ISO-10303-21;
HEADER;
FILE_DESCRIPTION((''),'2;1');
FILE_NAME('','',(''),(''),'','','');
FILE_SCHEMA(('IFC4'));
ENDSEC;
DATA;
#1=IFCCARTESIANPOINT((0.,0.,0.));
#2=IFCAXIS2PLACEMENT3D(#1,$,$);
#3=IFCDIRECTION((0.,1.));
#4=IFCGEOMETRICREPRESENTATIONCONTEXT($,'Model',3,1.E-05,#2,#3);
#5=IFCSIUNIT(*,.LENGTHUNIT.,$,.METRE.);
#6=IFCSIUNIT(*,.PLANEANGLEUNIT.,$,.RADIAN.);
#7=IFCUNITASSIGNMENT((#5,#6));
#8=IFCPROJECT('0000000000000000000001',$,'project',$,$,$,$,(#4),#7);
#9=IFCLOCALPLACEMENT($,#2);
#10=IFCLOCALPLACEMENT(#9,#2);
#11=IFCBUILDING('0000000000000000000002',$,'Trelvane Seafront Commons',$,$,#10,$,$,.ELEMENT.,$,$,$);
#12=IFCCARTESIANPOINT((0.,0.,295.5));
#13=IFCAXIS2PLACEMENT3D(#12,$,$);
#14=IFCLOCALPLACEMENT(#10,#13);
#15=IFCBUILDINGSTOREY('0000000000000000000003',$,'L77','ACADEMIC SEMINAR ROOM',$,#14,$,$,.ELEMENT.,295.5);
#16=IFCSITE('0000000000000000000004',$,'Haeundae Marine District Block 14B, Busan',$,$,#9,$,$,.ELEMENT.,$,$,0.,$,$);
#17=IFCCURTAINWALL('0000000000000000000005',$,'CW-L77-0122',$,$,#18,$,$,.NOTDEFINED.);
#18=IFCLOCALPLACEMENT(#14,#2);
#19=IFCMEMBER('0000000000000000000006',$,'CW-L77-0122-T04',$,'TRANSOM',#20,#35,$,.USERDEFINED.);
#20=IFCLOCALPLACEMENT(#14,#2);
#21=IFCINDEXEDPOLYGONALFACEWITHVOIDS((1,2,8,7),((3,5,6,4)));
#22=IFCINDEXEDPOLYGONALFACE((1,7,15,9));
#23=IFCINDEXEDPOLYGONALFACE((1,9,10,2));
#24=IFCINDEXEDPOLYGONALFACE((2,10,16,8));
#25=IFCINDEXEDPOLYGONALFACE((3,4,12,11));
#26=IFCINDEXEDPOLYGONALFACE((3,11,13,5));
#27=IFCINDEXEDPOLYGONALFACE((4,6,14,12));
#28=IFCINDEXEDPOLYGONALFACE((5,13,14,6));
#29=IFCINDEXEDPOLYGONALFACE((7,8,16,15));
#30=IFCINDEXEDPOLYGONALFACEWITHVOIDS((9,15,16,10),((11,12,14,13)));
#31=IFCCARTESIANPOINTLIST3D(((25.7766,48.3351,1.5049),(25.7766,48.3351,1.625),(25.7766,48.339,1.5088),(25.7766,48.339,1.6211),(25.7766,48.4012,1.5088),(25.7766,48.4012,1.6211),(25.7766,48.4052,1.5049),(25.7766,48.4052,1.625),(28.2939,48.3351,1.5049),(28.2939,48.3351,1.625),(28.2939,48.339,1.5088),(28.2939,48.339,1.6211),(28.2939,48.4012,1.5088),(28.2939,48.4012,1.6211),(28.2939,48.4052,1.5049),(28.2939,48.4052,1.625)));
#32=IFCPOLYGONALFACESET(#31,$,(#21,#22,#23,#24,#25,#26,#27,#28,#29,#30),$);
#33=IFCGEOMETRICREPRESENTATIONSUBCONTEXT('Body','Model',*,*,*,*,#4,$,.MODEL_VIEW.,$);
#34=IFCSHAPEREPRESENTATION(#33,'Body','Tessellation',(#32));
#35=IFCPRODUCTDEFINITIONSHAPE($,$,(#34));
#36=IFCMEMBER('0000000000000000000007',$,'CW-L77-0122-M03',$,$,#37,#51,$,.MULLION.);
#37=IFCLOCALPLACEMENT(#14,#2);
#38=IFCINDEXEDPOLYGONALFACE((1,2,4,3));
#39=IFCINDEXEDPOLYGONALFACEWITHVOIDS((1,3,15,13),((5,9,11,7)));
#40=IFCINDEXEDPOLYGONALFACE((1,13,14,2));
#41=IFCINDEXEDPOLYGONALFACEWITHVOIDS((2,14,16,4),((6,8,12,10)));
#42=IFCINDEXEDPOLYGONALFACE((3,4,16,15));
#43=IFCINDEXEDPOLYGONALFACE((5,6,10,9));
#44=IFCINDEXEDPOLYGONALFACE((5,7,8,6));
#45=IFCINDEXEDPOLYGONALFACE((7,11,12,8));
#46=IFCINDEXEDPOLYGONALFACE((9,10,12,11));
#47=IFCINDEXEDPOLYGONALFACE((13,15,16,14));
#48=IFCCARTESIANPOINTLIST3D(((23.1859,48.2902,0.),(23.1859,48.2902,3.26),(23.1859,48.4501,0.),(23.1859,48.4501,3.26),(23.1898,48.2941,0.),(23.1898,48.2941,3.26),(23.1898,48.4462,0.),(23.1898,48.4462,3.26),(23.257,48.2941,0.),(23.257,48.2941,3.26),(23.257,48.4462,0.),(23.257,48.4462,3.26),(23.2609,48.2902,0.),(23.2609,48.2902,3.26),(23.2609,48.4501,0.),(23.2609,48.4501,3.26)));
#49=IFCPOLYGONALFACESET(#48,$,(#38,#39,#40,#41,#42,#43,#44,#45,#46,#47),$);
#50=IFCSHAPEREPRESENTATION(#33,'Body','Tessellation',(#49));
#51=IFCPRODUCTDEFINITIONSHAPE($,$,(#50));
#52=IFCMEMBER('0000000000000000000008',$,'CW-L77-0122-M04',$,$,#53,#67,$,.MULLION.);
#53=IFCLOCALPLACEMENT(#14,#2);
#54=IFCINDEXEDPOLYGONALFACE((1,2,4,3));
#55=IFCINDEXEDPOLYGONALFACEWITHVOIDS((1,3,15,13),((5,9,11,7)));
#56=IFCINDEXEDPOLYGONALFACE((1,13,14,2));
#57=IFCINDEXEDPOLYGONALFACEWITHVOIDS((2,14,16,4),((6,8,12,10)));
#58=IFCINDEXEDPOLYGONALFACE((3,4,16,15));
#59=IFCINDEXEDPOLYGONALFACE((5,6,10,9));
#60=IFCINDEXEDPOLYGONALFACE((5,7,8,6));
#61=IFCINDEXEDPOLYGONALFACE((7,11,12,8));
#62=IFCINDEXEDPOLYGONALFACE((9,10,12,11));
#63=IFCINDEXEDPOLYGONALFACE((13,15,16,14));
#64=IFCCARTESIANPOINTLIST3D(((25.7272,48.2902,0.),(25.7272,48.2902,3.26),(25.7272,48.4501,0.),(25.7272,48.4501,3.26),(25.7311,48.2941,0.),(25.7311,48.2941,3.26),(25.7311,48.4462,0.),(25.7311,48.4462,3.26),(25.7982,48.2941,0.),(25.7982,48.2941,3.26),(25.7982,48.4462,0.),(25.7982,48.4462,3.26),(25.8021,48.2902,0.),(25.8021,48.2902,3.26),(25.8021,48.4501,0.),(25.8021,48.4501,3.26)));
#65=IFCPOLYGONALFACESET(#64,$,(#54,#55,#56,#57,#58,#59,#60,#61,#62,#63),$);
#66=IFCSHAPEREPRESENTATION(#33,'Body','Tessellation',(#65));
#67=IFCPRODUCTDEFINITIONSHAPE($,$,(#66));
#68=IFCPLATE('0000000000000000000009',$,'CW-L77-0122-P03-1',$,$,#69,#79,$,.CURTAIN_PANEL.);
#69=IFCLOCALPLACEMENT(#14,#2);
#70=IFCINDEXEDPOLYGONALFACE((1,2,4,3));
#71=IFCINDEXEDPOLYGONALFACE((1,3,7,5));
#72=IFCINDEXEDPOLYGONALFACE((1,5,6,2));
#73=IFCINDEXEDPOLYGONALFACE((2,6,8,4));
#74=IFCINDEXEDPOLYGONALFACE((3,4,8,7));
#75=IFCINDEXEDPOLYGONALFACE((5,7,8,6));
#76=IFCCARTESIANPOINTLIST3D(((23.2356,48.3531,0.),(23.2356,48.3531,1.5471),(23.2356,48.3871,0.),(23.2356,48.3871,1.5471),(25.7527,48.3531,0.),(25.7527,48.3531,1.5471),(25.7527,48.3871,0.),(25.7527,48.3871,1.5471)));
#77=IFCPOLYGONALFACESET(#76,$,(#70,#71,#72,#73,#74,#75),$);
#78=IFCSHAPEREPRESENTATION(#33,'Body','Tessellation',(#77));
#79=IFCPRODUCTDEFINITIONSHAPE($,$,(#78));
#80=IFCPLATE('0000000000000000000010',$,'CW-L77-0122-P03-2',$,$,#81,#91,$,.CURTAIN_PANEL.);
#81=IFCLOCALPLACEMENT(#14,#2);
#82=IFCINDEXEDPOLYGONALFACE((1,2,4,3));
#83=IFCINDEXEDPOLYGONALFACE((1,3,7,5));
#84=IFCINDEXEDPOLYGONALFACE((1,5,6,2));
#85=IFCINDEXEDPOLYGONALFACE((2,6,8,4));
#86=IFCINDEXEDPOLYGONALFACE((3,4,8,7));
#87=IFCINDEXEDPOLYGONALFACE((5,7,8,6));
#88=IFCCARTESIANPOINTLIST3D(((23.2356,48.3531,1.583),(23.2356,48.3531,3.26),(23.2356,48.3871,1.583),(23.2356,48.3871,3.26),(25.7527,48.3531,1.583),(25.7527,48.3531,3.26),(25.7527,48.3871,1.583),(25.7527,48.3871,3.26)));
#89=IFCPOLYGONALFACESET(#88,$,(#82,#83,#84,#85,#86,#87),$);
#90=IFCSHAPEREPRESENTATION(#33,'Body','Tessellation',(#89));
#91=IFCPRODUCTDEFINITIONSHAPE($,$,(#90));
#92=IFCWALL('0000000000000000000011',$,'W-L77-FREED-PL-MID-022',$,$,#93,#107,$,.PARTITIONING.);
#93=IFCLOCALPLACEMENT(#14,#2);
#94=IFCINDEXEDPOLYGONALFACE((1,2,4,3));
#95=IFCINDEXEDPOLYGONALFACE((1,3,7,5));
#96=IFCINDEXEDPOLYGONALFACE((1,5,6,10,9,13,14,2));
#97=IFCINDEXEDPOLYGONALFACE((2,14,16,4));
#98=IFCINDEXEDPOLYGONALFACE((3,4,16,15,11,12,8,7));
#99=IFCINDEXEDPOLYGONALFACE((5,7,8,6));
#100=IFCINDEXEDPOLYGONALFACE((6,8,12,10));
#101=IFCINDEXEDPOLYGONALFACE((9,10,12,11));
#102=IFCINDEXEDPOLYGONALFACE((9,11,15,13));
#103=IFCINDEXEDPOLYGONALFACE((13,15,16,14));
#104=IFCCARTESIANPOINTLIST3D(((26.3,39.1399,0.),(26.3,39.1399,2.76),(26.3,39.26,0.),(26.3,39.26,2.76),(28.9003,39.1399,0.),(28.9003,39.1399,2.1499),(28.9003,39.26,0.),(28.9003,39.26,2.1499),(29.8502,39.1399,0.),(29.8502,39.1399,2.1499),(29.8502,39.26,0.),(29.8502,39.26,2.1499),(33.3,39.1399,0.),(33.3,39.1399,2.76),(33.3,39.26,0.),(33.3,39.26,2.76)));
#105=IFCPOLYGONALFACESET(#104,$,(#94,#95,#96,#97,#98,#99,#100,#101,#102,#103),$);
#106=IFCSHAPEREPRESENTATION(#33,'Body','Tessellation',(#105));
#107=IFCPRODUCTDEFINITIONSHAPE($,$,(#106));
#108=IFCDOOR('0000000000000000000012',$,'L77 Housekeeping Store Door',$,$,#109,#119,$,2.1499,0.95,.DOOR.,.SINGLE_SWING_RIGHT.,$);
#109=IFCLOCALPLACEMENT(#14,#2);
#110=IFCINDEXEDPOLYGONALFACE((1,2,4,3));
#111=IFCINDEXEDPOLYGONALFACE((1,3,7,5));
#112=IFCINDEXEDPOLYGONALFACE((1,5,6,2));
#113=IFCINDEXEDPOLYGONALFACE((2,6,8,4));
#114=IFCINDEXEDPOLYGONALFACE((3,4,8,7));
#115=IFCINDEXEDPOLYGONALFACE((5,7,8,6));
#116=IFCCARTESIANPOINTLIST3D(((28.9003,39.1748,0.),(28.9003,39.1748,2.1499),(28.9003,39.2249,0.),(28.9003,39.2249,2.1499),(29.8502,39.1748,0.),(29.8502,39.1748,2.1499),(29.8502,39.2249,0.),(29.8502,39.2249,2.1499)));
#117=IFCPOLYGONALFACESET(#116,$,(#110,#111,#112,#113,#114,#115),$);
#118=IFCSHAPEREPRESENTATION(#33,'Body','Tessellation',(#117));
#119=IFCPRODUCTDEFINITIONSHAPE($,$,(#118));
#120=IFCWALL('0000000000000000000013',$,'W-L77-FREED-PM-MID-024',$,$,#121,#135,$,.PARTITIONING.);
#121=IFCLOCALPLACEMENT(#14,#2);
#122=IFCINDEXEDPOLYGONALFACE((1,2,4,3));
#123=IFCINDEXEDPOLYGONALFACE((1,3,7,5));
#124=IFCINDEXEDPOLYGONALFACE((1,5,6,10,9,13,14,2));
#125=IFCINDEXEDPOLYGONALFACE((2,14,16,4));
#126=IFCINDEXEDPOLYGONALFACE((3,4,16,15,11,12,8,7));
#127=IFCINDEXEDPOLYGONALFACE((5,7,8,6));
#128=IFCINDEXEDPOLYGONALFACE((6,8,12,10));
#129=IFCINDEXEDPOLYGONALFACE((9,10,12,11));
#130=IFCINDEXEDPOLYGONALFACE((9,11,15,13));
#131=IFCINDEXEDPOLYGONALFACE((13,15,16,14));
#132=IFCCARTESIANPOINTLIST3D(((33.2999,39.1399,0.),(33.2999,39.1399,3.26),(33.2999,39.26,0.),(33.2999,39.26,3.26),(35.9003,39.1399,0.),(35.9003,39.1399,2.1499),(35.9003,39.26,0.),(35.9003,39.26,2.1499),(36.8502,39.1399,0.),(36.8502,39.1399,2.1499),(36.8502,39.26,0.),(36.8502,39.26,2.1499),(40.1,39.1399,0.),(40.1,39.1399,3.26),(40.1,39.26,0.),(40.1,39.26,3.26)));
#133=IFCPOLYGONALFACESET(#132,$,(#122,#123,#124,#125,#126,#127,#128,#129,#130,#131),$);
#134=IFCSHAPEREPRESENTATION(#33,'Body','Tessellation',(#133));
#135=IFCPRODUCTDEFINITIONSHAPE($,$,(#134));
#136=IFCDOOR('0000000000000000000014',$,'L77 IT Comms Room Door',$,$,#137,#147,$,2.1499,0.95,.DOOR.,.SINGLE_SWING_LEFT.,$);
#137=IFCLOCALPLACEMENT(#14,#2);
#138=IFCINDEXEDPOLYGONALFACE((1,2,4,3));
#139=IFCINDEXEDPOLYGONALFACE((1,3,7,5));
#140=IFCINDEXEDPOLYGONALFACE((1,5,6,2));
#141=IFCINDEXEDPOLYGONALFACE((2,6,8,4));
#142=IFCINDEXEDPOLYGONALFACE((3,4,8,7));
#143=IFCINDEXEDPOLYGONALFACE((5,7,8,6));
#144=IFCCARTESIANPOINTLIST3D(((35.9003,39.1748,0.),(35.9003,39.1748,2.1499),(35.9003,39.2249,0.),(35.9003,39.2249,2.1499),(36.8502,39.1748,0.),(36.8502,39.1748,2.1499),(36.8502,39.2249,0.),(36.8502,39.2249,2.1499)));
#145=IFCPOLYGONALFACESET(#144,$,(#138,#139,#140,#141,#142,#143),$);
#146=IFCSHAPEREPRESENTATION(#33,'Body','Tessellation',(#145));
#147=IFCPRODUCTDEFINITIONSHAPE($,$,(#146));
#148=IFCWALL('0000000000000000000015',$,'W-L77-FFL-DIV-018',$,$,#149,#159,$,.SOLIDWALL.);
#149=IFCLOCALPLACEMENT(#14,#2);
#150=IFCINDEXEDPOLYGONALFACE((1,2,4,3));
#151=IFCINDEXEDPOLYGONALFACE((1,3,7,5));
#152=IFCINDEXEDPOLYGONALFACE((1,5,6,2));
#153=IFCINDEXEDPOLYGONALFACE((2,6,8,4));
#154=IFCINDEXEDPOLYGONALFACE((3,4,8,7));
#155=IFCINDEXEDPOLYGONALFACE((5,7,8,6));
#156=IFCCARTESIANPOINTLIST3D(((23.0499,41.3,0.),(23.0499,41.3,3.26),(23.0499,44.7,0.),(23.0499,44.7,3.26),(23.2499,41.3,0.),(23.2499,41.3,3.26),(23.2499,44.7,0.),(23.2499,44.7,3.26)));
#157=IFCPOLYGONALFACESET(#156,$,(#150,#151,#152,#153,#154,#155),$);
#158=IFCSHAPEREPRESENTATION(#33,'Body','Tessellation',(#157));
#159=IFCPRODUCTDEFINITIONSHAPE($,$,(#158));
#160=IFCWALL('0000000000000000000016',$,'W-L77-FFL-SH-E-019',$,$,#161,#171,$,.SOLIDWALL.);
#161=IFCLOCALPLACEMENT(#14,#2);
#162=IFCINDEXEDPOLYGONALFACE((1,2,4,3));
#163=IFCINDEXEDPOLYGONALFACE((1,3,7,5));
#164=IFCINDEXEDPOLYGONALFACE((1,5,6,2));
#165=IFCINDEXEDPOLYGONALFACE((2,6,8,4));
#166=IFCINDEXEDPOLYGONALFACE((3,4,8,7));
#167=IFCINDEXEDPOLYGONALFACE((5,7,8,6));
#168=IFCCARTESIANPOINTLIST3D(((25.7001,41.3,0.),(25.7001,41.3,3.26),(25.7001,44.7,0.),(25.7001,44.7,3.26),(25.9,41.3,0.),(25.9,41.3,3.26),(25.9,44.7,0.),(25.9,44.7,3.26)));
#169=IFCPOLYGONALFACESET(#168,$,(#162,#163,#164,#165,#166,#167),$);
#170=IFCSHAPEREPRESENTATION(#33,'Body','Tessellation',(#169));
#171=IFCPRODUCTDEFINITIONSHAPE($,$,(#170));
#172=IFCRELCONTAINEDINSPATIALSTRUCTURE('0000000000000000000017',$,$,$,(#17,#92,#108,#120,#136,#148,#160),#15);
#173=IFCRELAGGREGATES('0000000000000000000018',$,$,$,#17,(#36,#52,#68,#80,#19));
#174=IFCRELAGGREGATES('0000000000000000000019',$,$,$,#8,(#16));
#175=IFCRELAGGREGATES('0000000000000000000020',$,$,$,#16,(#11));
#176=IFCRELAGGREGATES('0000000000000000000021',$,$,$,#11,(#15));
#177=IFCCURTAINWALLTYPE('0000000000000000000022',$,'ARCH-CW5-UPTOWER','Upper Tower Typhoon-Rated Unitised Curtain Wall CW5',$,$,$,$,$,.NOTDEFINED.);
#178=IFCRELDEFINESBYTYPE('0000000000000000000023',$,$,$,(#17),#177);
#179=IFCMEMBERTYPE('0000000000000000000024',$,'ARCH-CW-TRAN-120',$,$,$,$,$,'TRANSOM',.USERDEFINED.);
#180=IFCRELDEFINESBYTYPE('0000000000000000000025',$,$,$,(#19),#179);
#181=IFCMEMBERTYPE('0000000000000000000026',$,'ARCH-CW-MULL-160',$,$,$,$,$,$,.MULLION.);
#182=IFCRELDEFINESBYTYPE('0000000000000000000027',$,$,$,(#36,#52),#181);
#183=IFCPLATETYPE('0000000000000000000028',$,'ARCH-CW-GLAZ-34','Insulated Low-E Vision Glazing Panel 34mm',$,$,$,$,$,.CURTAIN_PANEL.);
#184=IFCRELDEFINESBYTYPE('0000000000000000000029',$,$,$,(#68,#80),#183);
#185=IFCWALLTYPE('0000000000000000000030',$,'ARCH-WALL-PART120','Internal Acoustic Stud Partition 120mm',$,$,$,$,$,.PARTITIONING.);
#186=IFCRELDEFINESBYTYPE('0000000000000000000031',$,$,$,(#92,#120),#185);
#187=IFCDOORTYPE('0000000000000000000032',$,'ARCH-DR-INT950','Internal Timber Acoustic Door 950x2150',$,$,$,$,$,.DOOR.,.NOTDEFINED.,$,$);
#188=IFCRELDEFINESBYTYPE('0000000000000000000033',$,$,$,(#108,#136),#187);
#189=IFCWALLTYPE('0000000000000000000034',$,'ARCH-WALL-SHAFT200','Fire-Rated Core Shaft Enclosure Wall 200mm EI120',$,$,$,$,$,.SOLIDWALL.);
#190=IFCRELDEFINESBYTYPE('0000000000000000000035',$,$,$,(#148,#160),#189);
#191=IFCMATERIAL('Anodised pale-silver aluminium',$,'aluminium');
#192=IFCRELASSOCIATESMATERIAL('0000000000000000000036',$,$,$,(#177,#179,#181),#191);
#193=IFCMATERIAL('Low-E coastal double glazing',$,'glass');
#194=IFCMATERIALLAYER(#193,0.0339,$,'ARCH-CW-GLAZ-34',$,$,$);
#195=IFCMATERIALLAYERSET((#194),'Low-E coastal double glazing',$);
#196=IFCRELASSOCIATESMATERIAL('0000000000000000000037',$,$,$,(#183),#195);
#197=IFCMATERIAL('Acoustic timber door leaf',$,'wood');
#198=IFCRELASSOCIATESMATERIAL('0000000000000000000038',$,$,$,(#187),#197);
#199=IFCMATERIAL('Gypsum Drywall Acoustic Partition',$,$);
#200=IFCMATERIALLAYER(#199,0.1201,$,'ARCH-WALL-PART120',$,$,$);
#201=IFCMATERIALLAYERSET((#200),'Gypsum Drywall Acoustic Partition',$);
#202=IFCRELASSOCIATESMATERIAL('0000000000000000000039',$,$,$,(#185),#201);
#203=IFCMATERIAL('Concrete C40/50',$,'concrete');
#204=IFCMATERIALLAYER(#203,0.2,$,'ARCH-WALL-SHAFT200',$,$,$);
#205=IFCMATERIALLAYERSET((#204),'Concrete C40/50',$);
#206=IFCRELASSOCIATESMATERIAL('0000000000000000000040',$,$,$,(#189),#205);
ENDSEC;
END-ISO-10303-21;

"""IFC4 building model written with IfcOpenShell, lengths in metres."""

from ifc_helpers import new_model, si_unit, direction, frame, frame_2d, origin, origin_2d, place, context, subcontext, project, spatial, rectangle, hollow_rectangle, extrude, source, transform, mapped, material, layer, layer_set, material_profile, profile_set, type_object, element, fill, aggregate, save


model = new_model("IFC4")

# Units and contexts
model_context = context("Model", 3, precision=1e-05, world=origin(), true_north=direction((0.0, 1.0)))
body_context = subcontext(model_context, "Body", "Model", "MODEL_VIEW")
ifc_project = project(units=[si_unit("LENGTHUNIT", "METRE"), si_unit("PLANEANGLEUNIT", "RADIAN")], contexts=[model_context])

# Site, building, storey
site_placement = place(None, origin())
site = spatial("IfcSite", under=ifc_project, at=site_placement, Name="Haeundae Marine District Block 14B, Busan", CompositionType="ELEMENT", RefElevation=0.0)
building_placement = place(site_placement, origin())
building = spatial("IfcBuilding", under=site, at=building_placement, Name="Trelvane Seafront Commons", CompositionType="ELEMENT")
storey_placement = place(building_placement, frame((0.0, 0.0, 295.5)))
storey = spatial("IfcBuildingStorey", under=building, at=storey_placement, Name="L77", Description="ACADEMIC SEMINAR ROOM", CompositionType="ELEMENT", Elevation=295.5)

# Curtain wall, members, plates
ifc_material_1 = material(Name="Anodised pale-silver aluminium", Category="aluminium")
curtain_wall_type = type_object("IfcCurtainWallType", Name="ARCH-CW5-UPTOWER", Description="Upper Tower Typhoon-Rated Unitised Curtain Wall CW5", PredefinedType="NOTDEFINED", material=ifc_material_1)
curtain_wall_placement = place(storey_placement, origin())
curtain_wall = element("IfcCurtainWall", 1, at=curtain_wall_placement, inside=storey, type_object=curtain_wall_type, Name="CW-L77-0122", PredefinedType="NOTDEFINED")
ifc_material_profile_1 = material_profile(ifc_material_1, hollow_rectangle(XDim=0.0701, YDim=0.1201, WallThickness=0.0039, at=origin_2d()), Name="TRAN-70x120x4")
ifc_profile_set_1 = profile_set([ifc_material_profile_1], Name="Anodised pale-silver aluminium")
member_type_1 = type_object("IfcMemberType", Name="ARCH-CW-TRAN-120", ElementType="TRANSOM", PredefinedType="USERDEFINED", material=ifc_profile_set_1)
shared_shape_1 = source(origin(), body_context, "Body", "SweptSolid", [
    extrude(hollow_rectangle(XDim=0.0701, YDim=0.1201, WallThickness=0.0039, at=origin_2d()), origin(), (0.0, 0.0, 1.0), 2.5173),
])
member_1_placement = place(storey_placement, frame((25.7766, 48.3701, 1.5649), z_axis=(1.0, 0.0, 0.0), x_axis=(0.0, 1.0, 0.0)))
member_1 = element("IfcMember", 2, at=member_1_placement, type_object=member_type_1, Name="CW-L77-0122-T04", ObjectType="TRANSOM", PredefinedType="USERDEFINED", context=body_context, shape_type="MappedRepresentation", body=[
    mapped(shared_shape_1, transform((0.0, 0.0, 0.0), x_axis=(1.0, 0.0, 0.0), y_axis=(0.0, 1.0, 0.0), z_axis=(0.0, 0.0, 1.0), scale=1.0)),
])
ifc_material_profile_2 = material_profile(ifc_material_1, hollow_rectangle(XDim=0.075, YDim=0.1599, WallThickness=0.0039, at=origin_2d()), Name="MULL-75x160x4")
ifc_profile_set_2 = profile_set([ifc_material_profile_2], Name="Anodised pale-silver aluminium")
member_type_2 = type_object("IfcMemberType", Name="ARCH-CW-MULL-160", PredefinedType="MULLION", material=ifc_profile_set_2)
shared_shape_2 = source(origin(), body_context, "Body", "SweptSolid", [
    extrude(hollow_rectangle(XDim=0.075, YDim=0.1599, WallThickness=0.0039, at=origin_2d()), origin(), (0.0, 0.0, 1.0), 3.26),
])
member_2_placement = place(storey_placement, frame((23.2234, 48.3701, 0.0), z_axis=(0.0, 0.0, 1.0), x_axis=(1.0, 0.0, 0.0)))
member_2 = element("IfcMember", 3, at=member_2_placement, type_object=member_type_2, Name="CW-L77-0122-M03", PredefinedType="MULLION", context=body_context, shape_type="MappedRepresentation", body=[
    mapped(shared_shape_2, transform((0.0, 0.0, 0.0), x_axis=(1.0, 0.0, 0.0), y_axis=(0.0, 1.0, 0.0), z_axis=(0.0, 0.0, 1.0), scale=1.0)),
])
member_3_placement = place(storey_placement, frame((25.7646, 48.3701, 0.0), z_axis=(0.0, 0.0, 1.0), x_axis=(1.0, 0.0, 0.0)))
member_3 = element("IfcMember", 4, at=member_3_placement, type_object=member_type_2, Name="CW-L77-0122-M04", PredefinedType="MULLION", context=body_context, shape_type="MappedRepresentation", body=[
    mapped(shared_shape_2, transform((0.0, 0.0, 0.0), x_axis=(1.0, 0.0, 0.0), y_axis=(0.0, 1.0, 0.0), z_axis=(0.0, 0.0, 1.0), scale=1.0)),
])
ifc_material_2 = material(Name="Low-E coastal double glazing", Category="glass")
ifc_layer_1 = layer(ifc_material_2, 0.0339, Name="ARCH-CW-GLAZ-34")
ifc_layer_set_1 = layer_set([ifc_layer_1], Name="Low-E coastal double glazing")
plate_type = type_object("IfcPlateType", Name="ARCH-CW-GLAZ-34", Description="Insulated Low-E Vision Glazing Panel 34mm", PredefinedType="CURTAIN_PANEL", material=ifc_layer_set_1)
shared_shape_3 = source(origin(), body_context, "Body", "SweptSolid", [
    extrude(rectangle(XDim=2.5171, YDim=0.0339, at=origin_2d()), origin(), (0.0, 0.0, 1.0), 1.5471),
])
plate_1_placement = place(storey_placement, frame((24.4941, 48.3701, 0.0), z_axis=(0.0, 0.0, 1.0), x_axis=(1.0, 0.0, 0.0)))
plate_1 = element("IfcPlate", 5, at=plate_1_placement, type_object=plate_type, Name="CW-L77-0122-P03-1", PredefinedType="CURTAIN_PANEL", context=body_context, shape_type="MappedRepresentation", body=[
    mapped(shared_shape_3, transform((0.0, 0.0, 0.0), x_axis=(1.0, 0.0, 0.0), y_axis=(0.0, 1.0, 0.0), z_axis=(0.0, 0.0, 1.0), scale=1.0)),
])
shared_shape_4 = source(origin(), body_context, "Body", "SweptSolid", [
    extrude(rectangle(XDim=2.5171, YDim=0.0339, at=origin_2d()), origin(), (0.0, 0.0, 1.0), 1.677),
])
plate_2_placement = place(storey_placement, frame((24.4941, 48.3701, 1.583), z_axis=(0.0, 0.0, 1.0), x_axis=(1.0, 0.0, 0.0)))
plate_2 = element("IfcPlate", 6, at=plate_2_placement, type_object=plate_type, Name="CW-L77-0122-P03-2", PredefinedType="CURTAIN_PANEL", context=body_context, shape_type="MappedRepresentation", body=[
    mapped(shared_shape_4, transform((0.0, 0.0, 0.0), x_axis=(1.0, 0.0, 0.0), y_axis=(0.0, 1.0, 0.0), z_axis=(0.0, 0.0, 1.0), scale=1.0)),
])
aggregate(curtain_wall, [member_2, member_3, plate_1, plate_2, member_1])

# Walls, openings, doors
ifc_material_3 = material(Name="Concrete C40/50", Category="concrete")
ifc_material_4 = material(Name="Acoustic timber door leaf", Category="wood")
door_type_1 = type_object("IfcDoorType", Name="ARCH-DR-INT950", Description="Internal Timber Acoustic Door 950x2150", OperationType="NOTDEFINED", PredefinedType="DOOR", material=ifc_material_4)
shared_shape_5 = source(origin(), body_context, "Body", "SweptSolid", [
    extrude(rectangle(XDim=0.95, YDim=2.1499, at=frame_2d((0.4751, 1.075))), frame((0.0, 0.0249, 0.0), z_axis=(0.0, -1.0, 0.0), x_axis=(1.0, 0.0, 0.0)), (0.0, 0.0, 1.0), 0.05),
])
ifc_material_5 = material(Name="Gypsum Drywall Acoustic Partition")
ifc_layer_2 = layer(ifc_material_5, 0.1201, Name="ARCH-WALL-PART120")
ifc_layer_set_2 = layer_set([ifc_layer_2], Name="Gypsum Drywall Acoustic Partition")
wall_type_1 = type_object("IfcWallType", Name="ARCH-WALL-PART120", Description="Internal Acoustic Stud Partition 120mm", PredefinedType="PARTITIONING", material=ifc_layer_set_2)
wall_1_placement = place(storey_placement, frame((26.3, 39.2, 0.0), z_axis=(0.0, 0.0, 1.0), x_axis=(1.0, 0.0, 0.0)))
wall_1 = element("IfcWall", 7, at=wall_1_placement, inside=storey, type_object=wall_type_1, Name="W-L77-FREED-PL-MID-022", PredefinedType="PARTITIONING", context=body_context, shape_type="SweptSolid", body=[
    extrude(rectangle(XDim=7.0, YDim=0.1201, at=frame_2d((3.5, 0.0))), origin(), (0.0, 0.0, 1.0), 2.76),
])
opening_1_placement = place(wall_1_placement, frame((2.6001, 0.0, 0.0)))
opening_1 = element("IfcOpeningElement", 8, at=opening_1_placement, cuts=wall_1, PredefinedType="OPENING", context=body_context, shape_type="SweptSolid", body=[
    extrude(rectangle(XDim=0.95, YDim=2.1499, at=frame_2d((0.4751, 1.075))), frame((0.0, 0.0701, 0.0), z_axis=(0.0, -1.0, 0.0), x_axis=(1.0, 0.0, 0.0)), (0.0, 0.0, 1.0), 0.1401),
])
door_1_placement = place(opening_1_placement, origin())
door_1 = element("IfcDoor", 9, at=door_1_placement, inside=storey, type_object=door_type_1, Name="L77 Housekeeping Store Door", OperationType="SINGLE_SWING_RIGHT", OverallHeight=2.1499, OverallWidth=0.95, PredefinedType="DOOR", context=body_context, shape_type="MappedRepresentation", body=[
    mapped(shared_shape_5, transform((0.0, 0.0, 0.0), x_axis=(1.0, 0.0, 0.0), y_axis=(0.0, 1.0, 0.0), z_axis=(0.0, 0.0, 1.0), scale=1.0)),
])
fill(opening_1, door_1)
wall_2_placement = place(storey_placement, frame((33.3, 39.2, 0.0), z_axis=(0.0, 0.0, 1.0), x_axis=(1.0, 0.0, 0.0)))
wall_2 = element("IfcWall", 10, at=wall_2_placement, inside=storey, type_object=wall_type_1, Name="W-L77-FREED-PM-MID-024", PredefinedType="PARTITIONING", context=body_context, shape_type="SweptSolid", body=[
    extrude(rectangle(XDim=6.8, YDim=0.1201, at=frame_2d((3.3999, 0.0))), origin(), (0.0, 0.0, 1.0), 3.26),
])
opening_2_placement = place(wall_2_placement, frame((2.6001, 0.0, 0.0)))
opening_2 = element("IfcOpeningElement", 11, at=opening_2_placement, cuts=wall_2, PredefinedType="OPENING", context=body_context, shape_type="SweptSolid", body=[
    extrude(rectangle(XDim=0.95, YDim=2.1499, at=frame_2d((0.4751, 1.075))), frame((0.0, 0.0701, 0.0), z_axis=(0.0, -1.0, 0.0), x_axis=(1.0, 0.0, 0.0)), (0.0, 0.0, 1.0), 0.1401),
])
door_2_placement = place(opening_2_placement, origin())
door_2 = element("IfcDoor", 12, at=door_2_placement, inside=storey, type_object=door_type_1, Name="L77 IT Comms Room Door", OperationType="SINGLE_SWING_LEFT", OverallHeight=2.1499, OverallWidth=0.95, PredefinedType="DOOR", context=body_context, shape_type="MappedRepresentation", body=[
    mapped(shared_shape_5, transform((0.0, 0.0, 0.0), x_axis=(1.0, 0.0, 0.0), y_axis=(0.0, 1.0, 0.0), z_axis=(0.0, 0.0, 1.0), scale=1.0)),
])
fill(opening_2, door_2)

# Walls
ifc_layer_3 = layer(ifc_material_3, 0.2, Name="ARCH-WALL-SHAFT200")
ifc_layer_set_3 = layer_set([ifc_layer_3], Name="Concrete C40/50")
wall_type_2 = type_object("IfcWallType", Name="ARCH-WALL-SHAFT200", Description="Fire-Rated Core Shaft Enclosure Wall 200mm EI120", PredefinedType="SOLIDWALL", material=ifc_layer_set_3)
for number, where, z_axis, x_axis, name in (
    (13, (23.1499, 41.3, 0.0), (0.0, 0.0, 1.0), (0.0, 1.0, 0.0), "W-L77-FFL-DIV-018"),
    (14, (25.8, 41.3, 0.0), (0.0, 0.0, 1.0), (0.0, 1.0, 0.0), "W-L77-FFL-SH-E-019"),
):
    element("IfcWall", number, at=place(storey_placement, frame(where, z_axis=z_axis, x_axis=x_axis)), inside=storey, type_object=wall_type_2, Name=name, PredefinedType="SOLIDWALL", context=body_context, shape_type="SweptSolid", body=[
        extrude(rectangle(XDim=3.3999, YDim=0.2, at=frame_2d((1.7, 0.0))), origin(), (0.0, 0.0, 1.0), 3.26),
    ])

save(model, "model.ifc")
